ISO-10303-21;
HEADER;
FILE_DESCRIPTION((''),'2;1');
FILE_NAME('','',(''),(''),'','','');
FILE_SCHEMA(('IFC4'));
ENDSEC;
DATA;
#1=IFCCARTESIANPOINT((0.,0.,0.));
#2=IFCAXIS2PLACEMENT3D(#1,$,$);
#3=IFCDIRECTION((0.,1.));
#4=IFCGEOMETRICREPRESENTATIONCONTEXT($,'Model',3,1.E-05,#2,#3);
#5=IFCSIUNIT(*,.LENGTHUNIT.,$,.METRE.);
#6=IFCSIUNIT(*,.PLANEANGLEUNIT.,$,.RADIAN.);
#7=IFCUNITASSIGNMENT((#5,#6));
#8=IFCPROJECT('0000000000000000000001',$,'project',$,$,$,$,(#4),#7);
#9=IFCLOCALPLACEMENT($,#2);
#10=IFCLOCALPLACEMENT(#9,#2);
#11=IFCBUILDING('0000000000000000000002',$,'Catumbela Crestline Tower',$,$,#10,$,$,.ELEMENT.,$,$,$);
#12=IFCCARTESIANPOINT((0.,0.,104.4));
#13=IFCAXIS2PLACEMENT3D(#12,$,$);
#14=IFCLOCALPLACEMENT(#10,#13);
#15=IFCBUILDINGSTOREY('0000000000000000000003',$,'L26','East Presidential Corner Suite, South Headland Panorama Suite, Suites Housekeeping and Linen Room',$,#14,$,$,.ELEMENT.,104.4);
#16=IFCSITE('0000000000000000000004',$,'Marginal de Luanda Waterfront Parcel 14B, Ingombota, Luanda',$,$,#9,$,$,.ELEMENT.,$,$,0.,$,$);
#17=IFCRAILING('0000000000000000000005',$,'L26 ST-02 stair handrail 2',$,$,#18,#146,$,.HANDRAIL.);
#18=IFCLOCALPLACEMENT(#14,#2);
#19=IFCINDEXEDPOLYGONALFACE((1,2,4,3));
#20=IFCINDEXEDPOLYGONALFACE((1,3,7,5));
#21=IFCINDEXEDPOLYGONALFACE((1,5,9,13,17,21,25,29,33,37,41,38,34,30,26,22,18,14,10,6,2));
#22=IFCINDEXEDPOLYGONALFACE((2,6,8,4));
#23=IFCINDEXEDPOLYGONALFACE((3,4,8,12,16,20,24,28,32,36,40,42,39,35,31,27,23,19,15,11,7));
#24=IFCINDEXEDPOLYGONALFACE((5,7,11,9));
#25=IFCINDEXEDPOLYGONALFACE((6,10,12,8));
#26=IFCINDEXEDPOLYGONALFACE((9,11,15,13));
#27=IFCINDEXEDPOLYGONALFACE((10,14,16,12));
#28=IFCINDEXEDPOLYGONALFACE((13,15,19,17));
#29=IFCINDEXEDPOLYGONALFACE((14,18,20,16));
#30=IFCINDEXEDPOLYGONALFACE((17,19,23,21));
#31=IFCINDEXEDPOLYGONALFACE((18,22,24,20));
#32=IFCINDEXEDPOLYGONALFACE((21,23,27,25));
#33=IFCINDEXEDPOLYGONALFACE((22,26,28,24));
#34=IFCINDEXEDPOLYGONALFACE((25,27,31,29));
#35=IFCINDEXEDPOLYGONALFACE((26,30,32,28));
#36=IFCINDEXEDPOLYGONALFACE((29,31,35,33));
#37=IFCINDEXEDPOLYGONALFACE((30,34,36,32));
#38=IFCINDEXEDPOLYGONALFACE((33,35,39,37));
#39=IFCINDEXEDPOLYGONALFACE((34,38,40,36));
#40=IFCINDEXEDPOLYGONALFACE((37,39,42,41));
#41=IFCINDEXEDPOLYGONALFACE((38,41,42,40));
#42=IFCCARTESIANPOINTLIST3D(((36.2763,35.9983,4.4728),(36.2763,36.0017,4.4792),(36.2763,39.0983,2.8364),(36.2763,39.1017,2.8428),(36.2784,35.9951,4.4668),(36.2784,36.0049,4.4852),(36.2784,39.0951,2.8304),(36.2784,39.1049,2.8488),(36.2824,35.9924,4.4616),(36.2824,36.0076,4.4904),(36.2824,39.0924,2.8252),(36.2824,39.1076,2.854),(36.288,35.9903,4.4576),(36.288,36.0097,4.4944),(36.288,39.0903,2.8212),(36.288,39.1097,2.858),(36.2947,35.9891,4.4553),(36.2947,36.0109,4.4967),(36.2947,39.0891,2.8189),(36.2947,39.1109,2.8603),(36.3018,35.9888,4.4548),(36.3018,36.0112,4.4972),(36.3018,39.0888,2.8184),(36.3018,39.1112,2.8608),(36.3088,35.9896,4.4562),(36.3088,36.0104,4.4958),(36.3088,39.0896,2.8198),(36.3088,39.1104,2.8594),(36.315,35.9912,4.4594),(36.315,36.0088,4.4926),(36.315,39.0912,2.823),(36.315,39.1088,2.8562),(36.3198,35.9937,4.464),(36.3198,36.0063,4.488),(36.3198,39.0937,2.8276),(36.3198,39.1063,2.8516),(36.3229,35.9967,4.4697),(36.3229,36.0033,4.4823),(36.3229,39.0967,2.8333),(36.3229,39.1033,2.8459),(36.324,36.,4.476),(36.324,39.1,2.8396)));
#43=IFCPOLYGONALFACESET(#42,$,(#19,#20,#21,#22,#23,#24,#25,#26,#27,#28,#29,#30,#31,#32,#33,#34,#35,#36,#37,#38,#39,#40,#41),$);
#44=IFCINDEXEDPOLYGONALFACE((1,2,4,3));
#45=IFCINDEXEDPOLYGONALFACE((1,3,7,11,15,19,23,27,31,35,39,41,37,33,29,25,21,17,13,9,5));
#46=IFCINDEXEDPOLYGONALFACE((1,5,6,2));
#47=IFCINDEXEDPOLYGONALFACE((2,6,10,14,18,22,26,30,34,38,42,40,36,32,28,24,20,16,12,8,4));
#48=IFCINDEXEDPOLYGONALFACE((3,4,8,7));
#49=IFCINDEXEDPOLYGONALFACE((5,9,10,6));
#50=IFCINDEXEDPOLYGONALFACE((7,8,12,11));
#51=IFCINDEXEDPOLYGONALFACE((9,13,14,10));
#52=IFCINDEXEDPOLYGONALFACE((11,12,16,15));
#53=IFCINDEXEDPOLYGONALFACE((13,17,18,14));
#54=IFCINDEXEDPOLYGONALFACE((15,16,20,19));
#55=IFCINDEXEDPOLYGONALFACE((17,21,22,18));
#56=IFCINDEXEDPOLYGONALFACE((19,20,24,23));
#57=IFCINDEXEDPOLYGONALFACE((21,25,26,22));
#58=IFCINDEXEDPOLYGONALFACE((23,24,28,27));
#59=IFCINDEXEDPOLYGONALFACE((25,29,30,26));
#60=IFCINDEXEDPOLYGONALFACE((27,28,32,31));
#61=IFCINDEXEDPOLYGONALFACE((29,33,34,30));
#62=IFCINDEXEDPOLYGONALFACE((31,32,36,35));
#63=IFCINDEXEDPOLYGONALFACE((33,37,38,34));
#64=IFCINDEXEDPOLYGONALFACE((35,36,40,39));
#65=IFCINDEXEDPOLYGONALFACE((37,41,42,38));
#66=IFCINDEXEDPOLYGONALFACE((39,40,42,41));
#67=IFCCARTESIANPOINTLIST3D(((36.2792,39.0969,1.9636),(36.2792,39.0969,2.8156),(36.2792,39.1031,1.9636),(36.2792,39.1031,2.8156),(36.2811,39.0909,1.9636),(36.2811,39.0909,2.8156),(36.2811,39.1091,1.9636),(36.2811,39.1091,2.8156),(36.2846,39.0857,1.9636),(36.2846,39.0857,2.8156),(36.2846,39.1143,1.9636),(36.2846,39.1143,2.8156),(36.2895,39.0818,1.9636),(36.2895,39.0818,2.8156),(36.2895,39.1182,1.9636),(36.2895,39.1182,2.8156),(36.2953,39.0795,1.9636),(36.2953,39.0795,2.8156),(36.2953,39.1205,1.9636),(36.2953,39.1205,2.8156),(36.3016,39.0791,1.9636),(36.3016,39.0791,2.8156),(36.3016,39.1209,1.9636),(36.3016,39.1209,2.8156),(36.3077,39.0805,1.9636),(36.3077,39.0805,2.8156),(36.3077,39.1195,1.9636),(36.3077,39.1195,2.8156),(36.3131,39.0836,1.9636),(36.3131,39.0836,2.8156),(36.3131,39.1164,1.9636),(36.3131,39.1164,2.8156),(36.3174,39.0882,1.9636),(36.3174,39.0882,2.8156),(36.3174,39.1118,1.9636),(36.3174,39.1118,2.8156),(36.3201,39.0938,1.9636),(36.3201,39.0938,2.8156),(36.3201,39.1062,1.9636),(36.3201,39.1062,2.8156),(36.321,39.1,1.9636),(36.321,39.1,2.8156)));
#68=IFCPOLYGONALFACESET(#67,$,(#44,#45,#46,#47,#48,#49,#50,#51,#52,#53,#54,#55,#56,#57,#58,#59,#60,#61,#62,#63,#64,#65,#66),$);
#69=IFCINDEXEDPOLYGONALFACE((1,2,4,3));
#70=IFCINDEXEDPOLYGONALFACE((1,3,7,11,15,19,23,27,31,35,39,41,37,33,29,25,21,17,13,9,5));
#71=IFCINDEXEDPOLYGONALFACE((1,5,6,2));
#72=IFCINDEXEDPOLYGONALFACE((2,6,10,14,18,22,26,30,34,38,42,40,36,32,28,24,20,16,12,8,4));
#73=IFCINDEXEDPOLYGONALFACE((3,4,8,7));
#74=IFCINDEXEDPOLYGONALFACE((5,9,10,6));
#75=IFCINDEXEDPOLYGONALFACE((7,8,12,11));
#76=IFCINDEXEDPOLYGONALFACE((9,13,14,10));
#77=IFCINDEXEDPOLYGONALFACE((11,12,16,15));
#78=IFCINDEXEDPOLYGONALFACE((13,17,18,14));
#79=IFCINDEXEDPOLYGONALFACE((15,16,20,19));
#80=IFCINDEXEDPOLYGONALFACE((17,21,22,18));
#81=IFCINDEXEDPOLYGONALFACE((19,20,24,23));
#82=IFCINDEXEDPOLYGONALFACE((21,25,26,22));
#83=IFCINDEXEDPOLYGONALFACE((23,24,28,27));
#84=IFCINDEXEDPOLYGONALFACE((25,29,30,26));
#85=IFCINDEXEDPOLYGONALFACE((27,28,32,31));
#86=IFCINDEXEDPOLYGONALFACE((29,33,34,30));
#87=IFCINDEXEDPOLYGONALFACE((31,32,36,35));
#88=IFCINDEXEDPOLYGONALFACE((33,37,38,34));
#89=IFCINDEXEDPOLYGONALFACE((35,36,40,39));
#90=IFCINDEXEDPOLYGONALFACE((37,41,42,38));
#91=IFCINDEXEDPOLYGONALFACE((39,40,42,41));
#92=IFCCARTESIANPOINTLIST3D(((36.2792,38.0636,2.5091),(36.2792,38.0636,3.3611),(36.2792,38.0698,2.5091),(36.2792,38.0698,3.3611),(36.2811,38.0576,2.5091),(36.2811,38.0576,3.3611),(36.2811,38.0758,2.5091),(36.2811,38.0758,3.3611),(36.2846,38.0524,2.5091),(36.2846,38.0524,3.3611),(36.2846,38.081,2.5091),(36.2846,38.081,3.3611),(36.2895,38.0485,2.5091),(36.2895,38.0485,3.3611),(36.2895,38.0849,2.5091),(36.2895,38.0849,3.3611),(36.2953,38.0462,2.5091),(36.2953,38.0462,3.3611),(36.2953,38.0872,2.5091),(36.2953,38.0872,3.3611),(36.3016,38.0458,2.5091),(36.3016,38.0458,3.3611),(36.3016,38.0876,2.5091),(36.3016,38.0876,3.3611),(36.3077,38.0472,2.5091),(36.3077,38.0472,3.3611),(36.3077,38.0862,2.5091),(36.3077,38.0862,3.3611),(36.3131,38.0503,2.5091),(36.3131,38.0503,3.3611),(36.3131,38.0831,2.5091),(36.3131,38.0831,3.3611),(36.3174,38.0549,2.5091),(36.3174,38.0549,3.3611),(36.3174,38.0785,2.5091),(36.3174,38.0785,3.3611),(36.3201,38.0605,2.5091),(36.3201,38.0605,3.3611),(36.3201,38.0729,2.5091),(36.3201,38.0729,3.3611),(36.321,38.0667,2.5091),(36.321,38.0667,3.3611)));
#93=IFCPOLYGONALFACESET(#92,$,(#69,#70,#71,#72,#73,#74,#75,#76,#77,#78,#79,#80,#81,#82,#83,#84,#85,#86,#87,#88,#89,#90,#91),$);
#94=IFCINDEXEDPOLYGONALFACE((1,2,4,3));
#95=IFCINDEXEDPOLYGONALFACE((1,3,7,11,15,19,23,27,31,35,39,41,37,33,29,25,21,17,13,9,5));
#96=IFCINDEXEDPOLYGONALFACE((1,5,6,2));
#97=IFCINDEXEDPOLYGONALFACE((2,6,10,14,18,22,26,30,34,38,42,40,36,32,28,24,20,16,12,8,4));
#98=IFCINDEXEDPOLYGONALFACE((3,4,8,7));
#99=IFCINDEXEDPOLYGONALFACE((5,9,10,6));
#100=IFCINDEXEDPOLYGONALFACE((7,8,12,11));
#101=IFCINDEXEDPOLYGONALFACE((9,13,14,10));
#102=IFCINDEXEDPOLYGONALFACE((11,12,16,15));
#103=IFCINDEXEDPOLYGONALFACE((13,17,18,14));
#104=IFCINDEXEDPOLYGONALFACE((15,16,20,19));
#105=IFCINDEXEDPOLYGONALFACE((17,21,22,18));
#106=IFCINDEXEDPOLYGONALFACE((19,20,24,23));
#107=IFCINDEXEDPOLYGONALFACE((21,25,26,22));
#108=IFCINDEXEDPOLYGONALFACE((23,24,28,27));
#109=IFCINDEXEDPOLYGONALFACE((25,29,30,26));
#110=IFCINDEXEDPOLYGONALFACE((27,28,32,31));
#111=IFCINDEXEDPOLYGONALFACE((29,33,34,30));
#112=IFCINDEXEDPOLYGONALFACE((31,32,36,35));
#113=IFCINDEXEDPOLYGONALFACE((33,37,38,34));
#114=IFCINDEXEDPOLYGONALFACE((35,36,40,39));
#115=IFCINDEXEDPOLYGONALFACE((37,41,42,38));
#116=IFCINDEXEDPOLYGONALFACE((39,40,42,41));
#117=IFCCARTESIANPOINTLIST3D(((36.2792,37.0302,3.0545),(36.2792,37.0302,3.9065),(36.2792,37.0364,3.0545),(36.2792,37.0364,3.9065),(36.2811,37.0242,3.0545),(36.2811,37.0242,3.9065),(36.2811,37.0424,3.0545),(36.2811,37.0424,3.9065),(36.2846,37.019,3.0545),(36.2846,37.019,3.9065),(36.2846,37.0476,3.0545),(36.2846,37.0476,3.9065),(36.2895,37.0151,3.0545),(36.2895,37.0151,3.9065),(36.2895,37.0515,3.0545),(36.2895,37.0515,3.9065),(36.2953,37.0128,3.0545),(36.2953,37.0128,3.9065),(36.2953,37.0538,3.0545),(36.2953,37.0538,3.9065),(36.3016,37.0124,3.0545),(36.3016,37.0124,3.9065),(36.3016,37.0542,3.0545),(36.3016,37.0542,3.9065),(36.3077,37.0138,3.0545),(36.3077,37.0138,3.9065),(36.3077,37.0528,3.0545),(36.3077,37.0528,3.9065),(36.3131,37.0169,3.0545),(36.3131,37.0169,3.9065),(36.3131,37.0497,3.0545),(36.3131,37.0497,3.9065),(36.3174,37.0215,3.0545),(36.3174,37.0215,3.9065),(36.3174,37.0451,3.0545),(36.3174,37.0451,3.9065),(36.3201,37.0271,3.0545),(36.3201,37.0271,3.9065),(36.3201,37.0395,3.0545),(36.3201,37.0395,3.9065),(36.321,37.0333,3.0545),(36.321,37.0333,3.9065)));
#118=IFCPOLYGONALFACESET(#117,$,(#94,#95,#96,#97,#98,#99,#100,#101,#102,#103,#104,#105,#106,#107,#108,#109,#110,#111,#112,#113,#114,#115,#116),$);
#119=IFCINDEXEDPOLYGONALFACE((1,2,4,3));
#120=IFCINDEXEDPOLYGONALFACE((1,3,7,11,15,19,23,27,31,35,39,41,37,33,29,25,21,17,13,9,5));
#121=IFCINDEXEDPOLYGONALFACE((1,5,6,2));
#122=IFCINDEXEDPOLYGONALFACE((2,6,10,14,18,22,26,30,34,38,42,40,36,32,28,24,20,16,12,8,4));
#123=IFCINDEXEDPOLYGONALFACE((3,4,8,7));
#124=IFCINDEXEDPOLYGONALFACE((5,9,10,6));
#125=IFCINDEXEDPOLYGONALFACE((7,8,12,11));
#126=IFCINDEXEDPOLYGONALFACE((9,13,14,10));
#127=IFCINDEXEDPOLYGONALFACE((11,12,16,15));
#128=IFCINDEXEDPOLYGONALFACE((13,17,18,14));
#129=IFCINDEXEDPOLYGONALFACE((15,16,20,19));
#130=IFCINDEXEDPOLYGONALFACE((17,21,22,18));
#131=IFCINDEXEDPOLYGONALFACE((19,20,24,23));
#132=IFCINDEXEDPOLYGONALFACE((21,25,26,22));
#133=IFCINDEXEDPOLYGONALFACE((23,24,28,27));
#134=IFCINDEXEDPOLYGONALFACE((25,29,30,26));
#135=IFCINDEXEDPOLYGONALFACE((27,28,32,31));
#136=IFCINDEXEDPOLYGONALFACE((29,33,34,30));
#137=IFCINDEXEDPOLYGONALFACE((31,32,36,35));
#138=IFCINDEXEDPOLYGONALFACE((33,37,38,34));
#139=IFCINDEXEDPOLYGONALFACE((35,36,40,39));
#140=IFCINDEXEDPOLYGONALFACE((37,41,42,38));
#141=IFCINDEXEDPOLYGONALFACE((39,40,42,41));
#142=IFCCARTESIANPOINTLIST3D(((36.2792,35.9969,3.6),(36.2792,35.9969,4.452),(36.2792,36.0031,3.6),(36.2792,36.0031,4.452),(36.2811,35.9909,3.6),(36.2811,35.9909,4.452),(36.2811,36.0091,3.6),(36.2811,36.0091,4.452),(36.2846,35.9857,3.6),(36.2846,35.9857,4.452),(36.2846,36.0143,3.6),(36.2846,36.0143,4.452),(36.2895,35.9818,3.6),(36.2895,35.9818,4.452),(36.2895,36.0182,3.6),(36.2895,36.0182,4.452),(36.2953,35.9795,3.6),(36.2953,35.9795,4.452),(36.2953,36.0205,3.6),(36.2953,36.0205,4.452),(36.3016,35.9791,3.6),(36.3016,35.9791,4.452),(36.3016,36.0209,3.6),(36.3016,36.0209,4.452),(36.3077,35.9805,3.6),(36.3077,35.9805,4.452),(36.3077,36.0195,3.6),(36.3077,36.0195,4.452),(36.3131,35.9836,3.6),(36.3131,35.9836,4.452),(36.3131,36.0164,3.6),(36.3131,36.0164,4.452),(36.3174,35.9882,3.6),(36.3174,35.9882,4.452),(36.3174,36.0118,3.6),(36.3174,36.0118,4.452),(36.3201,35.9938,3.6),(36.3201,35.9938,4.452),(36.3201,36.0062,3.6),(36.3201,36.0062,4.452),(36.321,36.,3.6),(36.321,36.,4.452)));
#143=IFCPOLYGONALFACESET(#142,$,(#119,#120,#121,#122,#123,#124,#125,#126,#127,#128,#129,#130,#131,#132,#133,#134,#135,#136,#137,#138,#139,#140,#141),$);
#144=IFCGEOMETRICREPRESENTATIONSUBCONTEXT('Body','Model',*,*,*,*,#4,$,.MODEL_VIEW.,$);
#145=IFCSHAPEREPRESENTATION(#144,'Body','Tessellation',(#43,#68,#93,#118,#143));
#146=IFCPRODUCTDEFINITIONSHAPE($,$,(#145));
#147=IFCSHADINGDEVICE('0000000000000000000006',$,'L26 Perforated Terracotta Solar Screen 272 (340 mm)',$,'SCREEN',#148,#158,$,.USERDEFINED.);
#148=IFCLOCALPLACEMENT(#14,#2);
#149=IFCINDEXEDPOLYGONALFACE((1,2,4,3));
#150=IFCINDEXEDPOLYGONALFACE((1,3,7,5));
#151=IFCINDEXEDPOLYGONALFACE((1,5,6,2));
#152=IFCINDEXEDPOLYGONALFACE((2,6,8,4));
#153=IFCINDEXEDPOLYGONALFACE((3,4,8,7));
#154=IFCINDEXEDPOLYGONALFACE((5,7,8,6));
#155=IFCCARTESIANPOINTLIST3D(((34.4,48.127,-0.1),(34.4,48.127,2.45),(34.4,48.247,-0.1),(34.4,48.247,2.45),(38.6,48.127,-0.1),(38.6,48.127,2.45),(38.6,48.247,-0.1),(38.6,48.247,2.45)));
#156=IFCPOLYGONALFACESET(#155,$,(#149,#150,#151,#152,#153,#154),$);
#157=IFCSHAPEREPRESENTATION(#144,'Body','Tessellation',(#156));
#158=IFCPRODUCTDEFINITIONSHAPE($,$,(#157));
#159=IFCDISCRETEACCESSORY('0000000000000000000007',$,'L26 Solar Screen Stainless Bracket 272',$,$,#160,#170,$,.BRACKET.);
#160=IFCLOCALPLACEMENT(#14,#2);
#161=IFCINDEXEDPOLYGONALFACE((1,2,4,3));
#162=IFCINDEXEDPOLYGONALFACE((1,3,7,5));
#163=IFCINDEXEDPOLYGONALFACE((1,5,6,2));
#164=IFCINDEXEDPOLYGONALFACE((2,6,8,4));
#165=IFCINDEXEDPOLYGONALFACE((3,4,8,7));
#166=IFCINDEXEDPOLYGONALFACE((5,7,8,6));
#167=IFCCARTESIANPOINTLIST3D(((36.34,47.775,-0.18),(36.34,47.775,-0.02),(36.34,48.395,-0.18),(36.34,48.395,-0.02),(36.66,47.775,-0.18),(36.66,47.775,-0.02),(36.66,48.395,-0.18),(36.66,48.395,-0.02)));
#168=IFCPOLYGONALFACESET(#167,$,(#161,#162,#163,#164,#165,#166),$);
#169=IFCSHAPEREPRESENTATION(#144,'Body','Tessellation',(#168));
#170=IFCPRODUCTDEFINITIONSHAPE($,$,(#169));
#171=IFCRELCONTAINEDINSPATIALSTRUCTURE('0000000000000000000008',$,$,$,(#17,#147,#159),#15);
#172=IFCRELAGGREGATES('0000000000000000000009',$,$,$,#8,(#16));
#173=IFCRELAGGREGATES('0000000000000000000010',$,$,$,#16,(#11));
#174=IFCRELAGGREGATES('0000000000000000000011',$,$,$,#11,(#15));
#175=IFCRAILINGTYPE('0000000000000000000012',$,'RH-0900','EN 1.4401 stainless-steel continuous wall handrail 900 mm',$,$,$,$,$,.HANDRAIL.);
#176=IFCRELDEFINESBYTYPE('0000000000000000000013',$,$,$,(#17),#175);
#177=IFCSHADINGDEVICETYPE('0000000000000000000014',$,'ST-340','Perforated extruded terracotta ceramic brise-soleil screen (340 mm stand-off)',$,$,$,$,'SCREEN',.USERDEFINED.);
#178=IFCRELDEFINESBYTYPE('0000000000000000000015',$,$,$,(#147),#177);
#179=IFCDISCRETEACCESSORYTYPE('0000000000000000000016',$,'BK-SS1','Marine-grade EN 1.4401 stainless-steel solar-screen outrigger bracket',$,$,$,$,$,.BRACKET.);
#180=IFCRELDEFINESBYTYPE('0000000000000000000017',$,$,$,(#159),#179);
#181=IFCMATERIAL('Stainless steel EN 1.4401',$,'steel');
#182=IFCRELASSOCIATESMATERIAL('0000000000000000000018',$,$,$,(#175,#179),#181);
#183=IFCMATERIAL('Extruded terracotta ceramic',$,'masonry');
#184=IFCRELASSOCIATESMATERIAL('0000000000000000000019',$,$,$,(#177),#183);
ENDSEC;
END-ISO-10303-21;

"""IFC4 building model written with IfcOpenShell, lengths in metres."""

from ifc_helpers import new_model, si_unit, direction, frame, origin, origin_2d, place, context, subcontext, project, spatial, rectangle, circle, extrude, material, type_object, element, save


model = new_model("IFC4")

# Units and contexts
model_context = context("Model", 3, precision=1e-05, world=origin(), true_north=direction((0.0, 1.0)))
body_context = subcontext(model_context, "Body", "Model", "MODEL_VIEW")
ifc_project = project(units=[si_unit("LENGTHUNIT", "METRE"), si_unit("PLANEANGLEUNIT", "RADIAN")], contexts=[model_context])

# Site, building, storey
site_placement = place(None, origin())
site = spatial("IfcSite", under=ifc_project, at=site_placement, Name="Marginal de Luanda Waterfront Parcel 14B, Ingombota, Luanda", CompositionType="ELEMENT", RefElevation=0.0)
building_placement = place(site_placement, origin())
building = spatial("IfcBuilding", under=site, at=building_placement, Name="Catumbela Crestline Tower", CompositionType="ELEMENT")
storey_placement = place(building_placement, frame((0.0, 0.0, 104.4)))
storey = spatial("IfcBuildingStorey", under=building, at=storey_placement, Name="L26", Description="East Presidential Corner Suite, South Headland Panorama Suite, Suites Housekeeping and Linen Room", CompositionType="ELEMENT", Elevation=104.4)

# Shared definitions
ifc_material_1 = material(Name="Stainless steel EN 1.4401", Category="steel")

# Railing
railing_type_1 = type_object("IfcRailingType", Name="RH-0900", Description="EN 1.4401 stainless-steel continuous wall handrail 900 mm", PredefinedType="HANDRAIL", material=ifc_material_1)
railing_1_placement = place(storey_placement, frame((36.3, 39.1, 1.9636)))
element("IfcRailing", 1, at=railing_1_placement, inside=storey, type_object=railing_type_1, Name="L26 ST-02 stair handrail 2", PredefinedType="HANDRAIL", context=body_context, shape_type="SweptSolid", body=[
    extrude(circle(Radius=0.024, at=origin_2d()), frame((0.0, 0.0, 0.876), z_axis=(0.0, -0.884351, 0.466823), x_axis=(1.0, 0.0, 0.0)), (0.0, 0.0, 1.0), 3.5054),
    extrude(circle(Radius=0.021, at=origin_2d()), origin(), (0.0, 0.0, 1.0), 0.852),
    extrude(circle(Radius=0.021, at=origin_2d()), frame((0.0, -1.0333, 0.5455)), (0.0, 0.0, 1.0), 0.852),
    extrude(circle(Radius=0.021, at=origin_2d()), frame((0.0, -2.0667, 1.0909)), (0.0, 0.0, 1.0), 0.852),
    extrude(circle(Radius=0.021, at=origin_2d()), frame((0.0, -3.1, 1.6364)), (0.0, 0.0, 1.0), 0.852),
])

# Shading device
ifc_material_2 = material(Name="Extruded terracotta ceramic", Category="masonry")
shading_device_type = type_object("IfcShadingDeviceType", Name="ST-340", Description="Perforated extruded terracotta ceramic brise-soleil screen (340 mm stand-off)", ElementType="SCREEN", PredefinedType="USERDEFINED", material=ifc_material_2)
shading_device_placement = place(storey_placement, frame((36.5, 48.187, -0.1), z_axis=(0.0, 0.0, 1.0), x_axis=(-1.0, 0.0, 0.0)))
element("IfcShadingDevice", 2, at=shading_device_placement, inside=storey, type_object=shading_device_type, Name="L26 Perforated Terracotta Solar Screen 272 (340 mm)", ObjectType="SCREEN", PredefinedType="USERDEFINED", context=body_context, shape_type="SweptSolid", body=[
    extrude(rectangle(XDim=4.2, YDim=0.12, at=origin_2d()), origin(), (0.0, 0.0, 1.0), 2.55),
])

# Discrete accessory
discrete_accessory_type = type_object("IfcDiscreteAccessoryType", Name="BK-SS1", Description="Marine-grade EN 1.4401 stainless-steel solar-screen outrigger bracket", PredefinedType="BRACKET", material=ifc_material_1)
discrete_accessory_placement = place(storey_placement, frame((36.5, 48.085, -0.18), z_axis=(0.0, 0.0, 1.0), x_axis=(-1.0, 0.0, 0.0)))
element("IfcDiscreteAccessory", 3, at=discrete_accessory_placement, inside=storey, type_object=discrete_accessory_type, Name="L26 Solar Screen Stainless Bracket 272", PredefinedType="BRACKET", context=body_context, shape_type="SweptSolid", body=[
    extrude(rectangle(XDim=0.32, YDim=0.62, at=origin_2d()), origin(), (0.0, 0.0, 1.0), 0.16),
])

save(model, "model.ifc")
